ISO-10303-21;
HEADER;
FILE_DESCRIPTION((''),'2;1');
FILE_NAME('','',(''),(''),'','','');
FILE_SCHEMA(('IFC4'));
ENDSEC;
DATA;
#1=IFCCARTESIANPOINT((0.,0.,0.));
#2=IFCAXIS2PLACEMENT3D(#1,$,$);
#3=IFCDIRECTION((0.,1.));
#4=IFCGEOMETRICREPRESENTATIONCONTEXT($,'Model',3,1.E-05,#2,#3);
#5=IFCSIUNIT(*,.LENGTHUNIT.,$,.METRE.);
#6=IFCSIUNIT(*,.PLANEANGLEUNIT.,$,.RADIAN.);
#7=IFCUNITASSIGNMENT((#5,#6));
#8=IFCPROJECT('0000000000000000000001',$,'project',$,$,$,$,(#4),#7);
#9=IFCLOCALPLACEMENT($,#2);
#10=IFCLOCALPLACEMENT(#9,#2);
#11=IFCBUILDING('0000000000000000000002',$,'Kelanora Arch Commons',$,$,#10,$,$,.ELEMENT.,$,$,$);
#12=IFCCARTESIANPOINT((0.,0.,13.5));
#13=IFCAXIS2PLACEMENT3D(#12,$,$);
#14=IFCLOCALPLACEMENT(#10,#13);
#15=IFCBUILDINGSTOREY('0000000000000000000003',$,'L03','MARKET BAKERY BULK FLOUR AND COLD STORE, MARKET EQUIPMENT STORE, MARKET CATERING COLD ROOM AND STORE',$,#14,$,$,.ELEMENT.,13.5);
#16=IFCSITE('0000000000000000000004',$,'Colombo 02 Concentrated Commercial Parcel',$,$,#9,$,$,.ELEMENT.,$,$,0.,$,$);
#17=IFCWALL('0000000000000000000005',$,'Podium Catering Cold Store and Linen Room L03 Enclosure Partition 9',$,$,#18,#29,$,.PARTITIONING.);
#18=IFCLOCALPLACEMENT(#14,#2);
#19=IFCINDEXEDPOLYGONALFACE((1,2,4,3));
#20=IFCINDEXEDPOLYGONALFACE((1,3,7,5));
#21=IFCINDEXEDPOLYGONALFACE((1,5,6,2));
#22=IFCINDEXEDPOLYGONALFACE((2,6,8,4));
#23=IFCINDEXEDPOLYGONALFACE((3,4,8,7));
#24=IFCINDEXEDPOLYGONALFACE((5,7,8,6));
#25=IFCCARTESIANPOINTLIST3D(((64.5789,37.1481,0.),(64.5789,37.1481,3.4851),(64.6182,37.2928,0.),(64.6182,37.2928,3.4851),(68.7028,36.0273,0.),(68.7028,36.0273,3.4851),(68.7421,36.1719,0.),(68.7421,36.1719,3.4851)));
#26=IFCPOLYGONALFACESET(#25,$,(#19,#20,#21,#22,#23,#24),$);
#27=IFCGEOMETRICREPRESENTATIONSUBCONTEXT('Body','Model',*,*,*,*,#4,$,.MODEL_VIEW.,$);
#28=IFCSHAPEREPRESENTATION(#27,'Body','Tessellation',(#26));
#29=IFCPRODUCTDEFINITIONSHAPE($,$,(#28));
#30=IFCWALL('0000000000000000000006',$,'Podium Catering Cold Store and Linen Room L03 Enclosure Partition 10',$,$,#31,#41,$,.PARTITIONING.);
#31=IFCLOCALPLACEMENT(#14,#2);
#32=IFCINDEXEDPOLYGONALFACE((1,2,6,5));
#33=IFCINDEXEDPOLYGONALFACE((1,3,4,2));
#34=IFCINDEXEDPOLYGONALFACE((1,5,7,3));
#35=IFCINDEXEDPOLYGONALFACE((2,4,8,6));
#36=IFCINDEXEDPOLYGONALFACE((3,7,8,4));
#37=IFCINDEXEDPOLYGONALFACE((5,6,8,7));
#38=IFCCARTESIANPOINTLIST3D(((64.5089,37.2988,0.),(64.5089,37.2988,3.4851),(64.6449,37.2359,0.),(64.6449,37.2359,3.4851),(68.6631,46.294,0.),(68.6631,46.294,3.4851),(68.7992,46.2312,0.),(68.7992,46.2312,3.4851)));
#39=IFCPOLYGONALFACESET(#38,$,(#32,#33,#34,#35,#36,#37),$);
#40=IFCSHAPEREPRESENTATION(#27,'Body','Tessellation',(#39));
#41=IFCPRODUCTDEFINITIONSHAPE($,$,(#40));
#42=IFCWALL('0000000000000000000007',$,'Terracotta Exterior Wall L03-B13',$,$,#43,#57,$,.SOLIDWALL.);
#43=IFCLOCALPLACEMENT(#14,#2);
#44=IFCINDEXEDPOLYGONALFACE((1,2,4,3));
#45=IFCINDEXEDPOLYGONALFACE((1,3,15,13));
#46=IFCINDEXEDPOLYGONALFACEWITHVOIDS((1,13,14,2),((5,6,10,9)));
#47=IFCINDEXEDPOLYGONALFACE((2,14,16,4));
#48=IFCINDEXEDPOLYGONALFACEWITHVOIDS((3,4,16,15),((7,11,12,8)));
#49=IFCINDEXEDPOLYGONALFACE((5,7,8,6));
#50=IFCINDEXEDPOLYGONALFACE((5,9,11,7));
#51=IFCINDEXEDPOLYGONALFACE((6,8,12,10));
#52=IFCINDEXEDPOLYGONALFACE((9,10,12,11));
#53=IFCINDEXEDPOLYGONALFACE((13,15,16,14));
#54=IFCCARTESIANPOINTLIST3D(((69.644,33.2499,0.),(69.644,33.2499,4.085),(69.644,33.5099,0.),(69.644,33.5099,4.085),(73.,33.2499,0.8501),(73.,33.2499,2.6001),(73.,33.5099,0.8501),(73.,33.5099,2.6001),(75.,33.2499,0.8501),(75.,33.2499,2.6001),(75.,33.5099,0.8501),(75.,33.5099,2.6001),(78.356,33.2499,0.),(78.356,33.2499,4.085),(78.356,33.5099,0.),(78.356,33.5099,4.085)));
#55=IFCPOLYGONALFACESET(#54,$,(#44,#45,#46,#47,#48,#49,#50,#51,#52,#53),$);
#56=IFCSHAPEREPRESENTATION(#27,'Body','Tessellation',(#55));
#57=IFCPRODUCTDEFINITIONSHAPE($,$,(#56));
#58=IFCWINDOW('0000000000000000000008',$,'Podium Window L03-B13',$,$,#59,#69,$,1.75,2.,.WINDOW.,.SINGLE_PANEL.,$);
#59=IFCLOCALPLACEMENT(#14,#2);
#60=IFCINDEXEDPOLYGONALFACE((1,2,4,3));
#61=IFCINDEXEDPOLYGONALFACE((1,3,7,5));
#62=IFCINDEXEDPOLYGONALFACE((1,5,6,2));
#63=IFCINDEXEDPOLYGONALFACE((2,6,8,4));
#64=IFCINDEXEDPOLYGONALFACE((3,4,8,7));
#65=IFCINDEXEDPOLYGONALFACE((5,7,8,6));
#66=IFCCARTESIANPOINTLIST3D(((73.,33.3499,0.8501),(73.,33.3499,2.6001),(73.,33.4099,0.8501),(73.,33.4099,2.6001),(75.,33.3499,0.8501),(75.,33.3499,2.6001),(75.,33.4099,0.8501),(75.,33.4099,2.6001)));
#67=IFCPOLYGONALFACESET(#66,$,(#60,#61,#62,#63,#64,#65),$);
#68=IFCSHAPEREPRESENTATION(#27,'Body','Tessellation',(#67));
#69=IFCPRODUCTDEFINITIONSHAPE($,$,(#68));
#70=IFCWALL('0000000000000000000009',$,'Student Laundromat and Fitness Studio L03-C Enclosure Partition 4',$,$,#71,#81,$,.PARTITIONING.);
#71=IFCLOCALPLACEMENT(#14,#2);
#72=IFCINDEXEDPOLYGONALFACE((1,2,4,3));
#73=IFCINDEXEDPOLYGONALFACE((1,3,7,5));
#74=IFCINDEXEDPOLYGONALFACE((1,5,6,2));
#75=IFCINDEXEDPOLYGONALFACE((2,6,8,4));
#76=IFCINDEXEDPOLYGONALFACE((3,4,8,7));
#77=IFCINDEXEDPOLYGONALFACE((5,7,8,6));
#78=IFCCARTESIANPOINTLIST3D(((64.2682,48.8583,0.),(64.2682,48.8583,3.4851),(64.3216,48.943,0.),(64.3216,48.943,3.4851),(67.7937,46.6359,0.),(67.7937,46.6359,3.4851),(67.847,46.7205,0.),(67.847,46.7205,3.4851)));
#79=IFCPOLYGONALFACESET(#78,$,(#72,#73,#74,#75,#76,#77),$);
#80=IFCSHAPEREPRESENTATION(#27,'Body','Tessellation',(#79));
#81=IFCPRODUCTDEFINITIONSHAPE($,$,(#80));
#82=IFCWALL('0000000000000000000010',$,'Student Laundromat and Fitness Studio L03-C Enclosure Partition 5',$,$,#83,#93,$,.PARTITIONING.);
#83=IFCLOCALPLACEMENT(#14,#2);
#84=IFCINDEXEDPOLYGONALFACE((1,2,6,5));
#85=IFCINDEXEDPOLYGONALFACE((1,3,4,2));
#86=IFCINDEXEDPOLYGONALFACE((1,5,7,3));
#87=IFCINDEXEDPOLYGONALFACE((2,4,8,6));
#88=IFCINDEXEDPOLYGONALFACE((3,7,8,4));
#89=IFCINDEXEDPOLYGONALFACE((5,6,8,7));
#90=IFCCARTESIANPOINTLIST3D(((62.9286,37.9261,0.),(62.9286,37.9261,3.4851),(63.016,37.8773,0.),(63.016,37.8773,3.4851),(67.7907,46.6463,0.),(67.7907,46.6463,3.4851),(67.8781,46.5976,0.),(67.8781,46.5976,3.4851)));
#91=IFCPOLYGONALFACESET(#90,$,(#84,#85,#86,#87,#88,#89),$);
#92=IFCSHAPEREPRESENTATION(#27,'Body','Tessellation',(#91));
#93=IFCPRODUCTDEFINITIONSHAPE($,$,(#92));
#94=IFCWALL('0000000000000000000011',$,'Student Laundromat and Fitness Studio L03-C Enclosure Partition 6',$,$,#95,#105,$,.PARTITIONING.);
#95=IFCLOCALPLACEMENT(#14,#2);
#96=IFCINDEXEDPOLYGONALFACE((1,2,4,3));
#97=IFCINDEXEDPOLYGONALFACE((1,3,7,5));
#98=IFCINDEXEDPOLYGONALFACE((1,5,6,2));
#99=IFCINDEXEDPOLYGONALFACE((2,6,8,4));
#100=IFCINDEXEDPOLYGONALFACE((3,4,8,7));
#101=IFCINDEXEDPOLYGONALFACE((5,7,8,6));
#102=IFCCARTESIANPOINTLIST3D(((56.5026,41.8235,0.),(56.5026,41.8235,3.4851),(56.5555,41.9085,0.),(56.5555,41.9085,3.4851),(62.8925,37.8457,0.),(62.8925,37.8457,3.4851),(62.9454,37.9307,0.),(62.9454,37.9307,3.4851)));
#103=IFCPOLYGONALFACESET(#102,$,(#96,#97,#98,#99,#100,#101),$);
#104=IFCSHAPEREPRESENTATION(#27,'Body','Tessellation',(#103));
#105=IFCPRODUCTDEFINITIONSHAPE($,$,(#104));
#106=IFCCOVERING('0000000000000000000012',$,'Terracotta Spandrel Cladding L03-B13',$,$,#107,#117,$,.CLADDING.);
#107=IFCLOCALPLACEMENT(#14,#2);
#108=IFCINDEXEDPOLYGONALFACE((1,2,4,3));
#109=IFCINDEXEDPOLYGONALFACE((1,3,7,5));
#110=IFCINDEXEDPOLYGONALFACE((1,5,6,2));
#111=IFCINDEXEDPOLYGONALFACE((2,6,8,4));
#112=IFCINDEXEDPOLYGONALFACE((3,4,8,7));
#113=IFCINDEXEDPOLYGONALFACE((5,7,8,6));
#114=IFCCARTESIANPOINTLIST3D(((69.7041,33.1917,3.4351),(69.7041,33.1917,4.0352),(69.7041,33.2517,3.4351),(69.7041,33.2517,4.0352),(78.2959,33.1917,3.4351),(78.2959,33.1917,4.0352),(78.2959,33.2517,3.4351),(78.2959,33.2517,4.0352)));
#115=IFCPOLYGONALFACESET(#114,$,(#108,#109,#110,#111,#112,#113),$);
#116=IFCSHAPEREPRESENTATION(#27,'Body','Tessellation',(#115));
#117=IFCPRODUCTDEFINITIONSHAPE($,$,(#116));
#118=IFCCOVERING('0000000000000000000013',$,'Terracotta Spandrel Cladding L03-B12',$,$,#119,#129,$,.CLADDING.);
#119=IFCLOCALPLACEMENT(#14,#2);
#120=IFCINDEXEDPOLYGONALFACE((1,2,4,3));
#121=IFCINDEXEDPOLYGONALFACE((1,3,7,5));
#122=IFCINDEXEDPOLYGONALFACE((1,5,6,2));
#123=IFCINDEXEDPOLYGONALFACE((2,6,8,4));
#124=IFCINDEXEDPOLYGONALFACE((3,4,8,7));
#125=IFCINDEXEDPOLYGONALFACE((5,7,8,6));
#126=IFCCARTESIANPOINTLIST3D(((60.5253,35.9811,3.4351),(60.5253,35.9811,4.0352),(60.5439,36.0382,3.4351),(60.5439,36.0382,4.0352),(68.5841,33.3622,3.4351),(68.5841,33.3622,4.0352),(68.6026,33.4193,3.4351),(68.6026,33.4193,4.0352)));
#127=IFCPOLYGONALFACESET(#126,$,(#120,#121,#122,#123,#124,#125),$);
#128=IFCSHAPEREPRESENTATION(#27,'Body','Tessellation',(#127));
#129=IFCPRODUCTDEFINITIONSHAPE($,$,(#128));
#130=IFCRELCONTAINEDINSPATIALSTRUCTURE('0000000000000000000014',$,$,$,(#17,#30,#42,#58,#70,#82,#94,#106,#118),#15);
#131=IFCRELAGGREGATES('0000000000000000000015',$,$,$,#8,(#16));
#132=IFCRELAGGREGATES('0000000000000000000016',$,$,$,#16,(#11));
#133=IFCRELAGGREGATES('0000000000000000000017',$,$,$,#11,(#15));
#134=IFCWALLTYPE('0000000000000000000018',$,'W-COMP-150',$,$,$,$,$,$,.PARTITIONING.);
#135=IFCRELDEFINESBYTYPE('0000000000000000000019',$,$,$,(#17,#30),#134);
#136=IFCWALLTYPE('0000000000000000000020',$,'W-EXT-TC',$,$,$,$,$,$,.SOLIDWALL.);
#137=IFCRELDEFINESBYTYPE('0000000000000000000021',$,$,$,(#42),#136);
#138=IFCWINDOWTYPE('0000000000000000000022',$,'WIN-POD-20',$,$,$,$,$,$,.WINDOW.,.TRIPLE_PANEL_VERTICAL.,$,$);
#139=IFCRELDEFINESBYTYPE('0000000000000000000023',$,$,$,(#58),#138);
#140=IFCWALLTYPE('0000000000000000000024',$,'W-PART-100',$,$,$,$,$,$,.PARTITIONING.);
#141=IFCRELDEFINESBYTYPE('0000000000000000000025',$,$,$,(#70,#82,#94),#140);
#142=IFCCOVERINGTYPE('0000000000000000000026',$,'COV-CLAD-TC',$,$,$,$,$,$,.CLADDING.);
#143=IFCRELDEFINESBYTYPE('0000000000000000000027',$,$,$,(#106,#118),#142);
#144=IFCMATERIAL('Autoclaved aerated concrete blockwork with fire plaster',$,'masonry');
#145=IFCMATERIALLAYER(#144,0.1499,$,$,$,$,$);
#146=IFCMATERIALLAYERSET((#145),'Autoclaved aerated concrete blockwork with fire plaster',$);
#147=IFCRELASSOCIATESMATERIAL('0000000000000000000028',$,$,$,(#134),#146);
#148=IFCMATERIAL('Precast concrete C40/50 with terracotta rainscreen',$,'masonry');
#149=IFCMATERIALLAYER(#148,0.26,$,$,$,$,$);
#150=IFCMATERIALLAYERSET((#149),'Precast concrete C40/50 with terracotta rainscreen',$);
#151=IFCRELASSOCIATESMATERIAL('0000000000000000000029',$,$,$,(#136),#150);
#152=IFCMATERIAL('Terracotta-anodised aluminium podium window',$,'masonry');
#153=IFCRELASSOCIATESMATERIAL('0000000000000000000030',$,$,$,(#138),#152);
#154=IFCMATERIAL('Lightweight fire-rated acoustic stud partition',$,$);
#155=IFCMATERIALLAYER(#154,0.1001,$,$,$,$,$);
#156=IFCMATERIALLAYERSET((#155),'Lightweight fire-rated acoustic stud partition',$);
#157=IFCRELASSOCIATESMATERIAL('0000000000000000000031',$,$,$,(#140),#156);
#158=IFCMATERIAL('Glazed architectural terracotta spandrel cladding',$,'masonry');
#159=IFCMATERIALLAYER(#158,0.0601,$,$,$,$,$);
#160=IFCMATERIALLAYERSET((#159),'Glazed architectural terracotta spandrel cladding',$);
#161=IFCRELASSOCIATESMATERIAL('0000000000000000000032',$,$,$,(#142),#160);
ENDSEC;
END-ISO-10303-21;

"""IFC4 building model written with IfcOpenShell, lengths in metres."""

from ifc_helpers import new_model, si_unit, direction, frame, frame_2d, origin, origin_2d, place, context, subcontext, project, spatial, rectangle, extrude, source, transform, mapped, material, layer, layer_set, type_object, element, fill, save


model = new_model("IFC4")

# Units and contexts
model_context = context("Model", 3, precision=1e-05, world=origin(), true_north=direction((0.0, 1.0)))
body_context = subcontext(model_context, "Body", "Model", "MODEL_VIEW")
ifc_project = project(units=[si_unit("LENGTHUNIT", "METRE"), si_unit("PLANEANGLEUNIT", "RADIAN")], contexts=[model_context])

# Site, building, storey
site_placement = place(None, origin())
site = spatial("IfcSite", under=ifc_project, at=site_placement, Name="Colombo 02 Concentrated Commercial Parcel", CompositionType="ELEMENT", RefElevation=0.0)
building_placement = place(site_placement, origin())
building = spatial("IfcBuilding", under=site, at=building_placement, Name="Kelanora Arch Commons", CompositionType="ELEMENT")
storey_placement = place(building_placement, frame((0.0, 0.0, 13.5)))
storey = spatial("IfcBuildingStorey", under=building, at=storey_placement, Name="L03", Description="MARKET BAKERY BULK FLOUR AND COLD STORE, MARKET EQUIPMENT STORE, MARKET CATERING COLD ROOM AND STORE", CompositionType="ELEMENT", Elevation=13.5)

# Shared definitions
ifc_material_1 = material(Name="Autoclaved aerated concrete blockwork with fire plaster", Category="masonry")
ifc_layer_1 = layer(ifc_material_1, 0.1499)
ifc_layer_set_1 = layer_set([ifc_layer_1], Name="Autoclaved aerated concrete blockwork with fire plaster")
wall_type_1 = type_object("IfcWallType", Name="W-COMP-150", PredefinedType="PARTITIONING", material=ifc_layer_set_1)

# Walls
wall_1_placement = place(storey_placement, frame((68.7224, 36.0996, 0.0), z_axis=(0.0, 0.0, 1.0), x_axis=(-0.96499, 0.262286, 0.0)))
element("IfcWall", 1, at=wall_1_placement, inside=storey, type_object=wall_type_1, Name="Podium Catering Cold Store and Linen Room L03 Enclosure Partition 9", PredefinedType="PARTITIONING", context=body_context, shape_type="SweptSolid", body=[
    extrude(rectangle(XDim=4.2734, YDim=0.1499, at=frame_2d((2.1367, 0.0))), origin(), (0.0, 0.0, 1.0), 3.4851),
])
wall_2_placement = place(storey_placement, frame((64.5769, 37.2673, 0.0), z_axis=(0.0, 0.0, 1.0), x_axis=(0.419274, 0.90786, 0.0)))
element("IfcWall", 2, at=wall_2_placement, inside=storey, type_object=wall_type_1, Name="Podium Catering Cold Store and Linen Room L03 Enclosure Partition 10", PredefinedType="PARTITIONING", context=body_context, shape_type="SweptSolid", body=[
    extrude(rectangle(XDim=9.9082, YDim=0.1499, at=frame_2d((4.9541, 0.0))), origin(), (0.0, 0.0, 1.0), 3.4851),
])

# Wall, opening, window
ifc_material_2 = material(Name="Precast concrete C40/50 with terracotta rainscreen", Category="masonry")
ifc_layer_2 = layer(ifc_material_2, 0.26)
ifc_layer_set_2 = layer_set([ifc_layer_2], Name="Precast concrete C40/50 with terracotta rainscreen")
wall_type_2 = type_object("IfcWallType", Name="W-EXT-TC", PredefinedType="SOLIDWALL", material=ifc_layer_set_2)
wall_3_placement = place(storey_placement, frame((69.644, 33.3799, 0.0), z_axis=(0.0, 0.0, 1.0), x_axis=(1.0, 0.0, 0.0)))
wall_3 = element("IfcWall", 3, at=wall_3_placement, inside=storey, type_object=wall_type_2, Name="Terracotta Exterior Wall L03-B13", PredefinedType="SOLIDWALL", context=body_context, shape_type="SweptSolid", body=[
    extrude(rectangle(XDim=8.7119, YDim=0.26, at=frame_2d((4.356, 0.0))), origin(), (0.0, 0.0, 1.0), 4.085),
])
opening_1_placement = place(wall_3_placement, frame((3.356, 0.0, 0.8501)))
opening_1 = element("IfcOpeningElement", 4, at=opening_1_placement, cuts=wall_3, PredefinedType="OPENING", context=body_context, shape_type="SweptSolid", body=[
    extrude(rectangle(XDim=2.0, YDim=1.75, at=frame_2d((1.0, 0.875))), frame((0.0, 0.1401, 0.0), z_axis=(0.0, -1.0, 0.0), x_axis=(1.0, 0.0, 0.0)), (0.0, 0.0, 1.0), 0.28),
])
ifc_material_3 = material(Name="Terracotta-anodised aluminium podium window", Category="masonry")
window_type = type_object("IfcWindowType", Name="WIN-POD-20", PartitioningType="TRIPLE_PANEL_VERTICAL", PredefinedType="WINDOW", material=ifc_material_3)
window_placement = place(opening_1_placement, origin())
window = element("IfcWindow", 5, at=window_placement, inside=storey, type_object=window_type, Name="Podium Window L03-B13", OverallHeight=1.75, OverallWidth=2.0, PartitioningType="SINGLE_PANEL", PredefinedType="WINDOW", context=body_context, shape_type="SweptSolid", body=[
    extrude(rectangle(XDim=2.0, YDim=1.75, at=frame_2d((1.0, 0.875))), frame((0.0, 0.03, 0.0), z_axis=(0.0, -1.0, 0.0), x_axis=(1.0, 0.0, 0.0)), (0.0, 0.0, 1.0), 0.0601),
])
fill(opening_1, window)

# Walls
ifc_material_4 = material(Name="Lightweight fire-rated acoustic stud partition")
ifc_layer_3 = layer(ifc_material_4, 0.1001)
ifc_layer_set_3 = layer_set([ifc_layer_3], Name="Lightweight fire-rated acoustic stud partition")
wall_type_3 = type_object("IfcWallType", Name="W-PART-100", PredefinedType="PARTITIONING", material=ifc_layer_set_3)
wall_4_placement = place(storey_placement, frame((64.2949, 48.9006, 0.0), z_axis=(0.0, 0.0, 1.0), x_axis=(0.845938, -0.533281, 0.0)))
element("IfcWall", 6, at=wall_4_placement, inside=storey, type_object=wall_type_3, Name="Student Laundromat and Fitness Studio L03-C Enclosure Partition 4", PredefinedType="PARTITIONING", context=body_context, shape_type="SweptSolid", body=[
    extrude(rectangle(XDim=4.1675, YDim=0.1001, at=frame_2d((2.0837, 0.0))), origin(), (0.0, 0.0, 1.0), 3.4851),
])
wall_5_placement = place(storey_placement, frame((67.8345, 46.6221, 0.0), z_axis=(0.0, 0.0, 1.0), x_axis=(-0.486982, -0.873412, 0.0)))
element("IfcWall", 7, at=wall_5_placement, inside=storey, type_object=wall_type_3, Name="Student Laundromat and Fitness Studio L03-C Enclosure Partition 5", PredefinedType="PARTITIONING", context=body_context, shape_type="SweptSolid", body=[
    extrude(rectangle(XDim=9.9841, YDim=0.1001, at=frame_2d((4.9922, 0.0))), origin(), (0.0, 0.0, 1.0), 3.4851),
])
wall_6_placement = place(storey_placement, frame((62.9189, 37.8882, 0.0), z_axis=(0.0, 0.0, 1.0), x_axis=(-0.848946, 0.528479, 0.0)))
element("IfcWall", 8, at=wall_6_placement, inside=storey, type_object=wall_type_3, Name="Student Laundromat and Fitness Studio L03-C Enclosure Partition 6", PredefinedType="PARTITIONING", context=body_context, shape_type="SweptSolid", body=[
    extrude(rectangle(XDim=7.5269, YDim=0.1001, at=frame_2d((3.7634, 0.0))), origin(), (0.0, 0.0, 1.0), 3.4851),
])

# Coverings
ifc_material_5 = material(Name="Glazed architectural terracotta spandrel cladding", Category="masonry")
ifc_layer_4 = layer(ifc_material_5, 0.0601)
ifc_layer_set_4 = layer_set([ifc_layer_4], Name="Glazed architectural terracotta spandrel cladding")
covering_type = type_object("IfcCoveringType", Name="COV-CLAD-TC", PredefinedType="CLADDING", material=ifc_layer_set_4)
shared_shape_1 = source(origin(), body_context, "Body", "SweptSolid", [
    extrude(rectangle(XDim=8.5918, YDim=0.0601, at=origin_2d()), origin(), (0.0, 0.0, 1.0), 0.6001),
])
covering_1_placement = place(storey_placement, frame((74.0, 33.2217, 3.4351), z_axis=(0.0, 0.0, 1.0), x_axis=(1.0, 0.0, 0.0)))
element("IfcCovering", 9, at=covering_1_placement, inside=storey, type_object=covering_type, Name="Terracotta Spandrel Cladding L03-B13", PredefinedType="CLADDING", context=body_context, shape_type="MappedRepresentation", body=[
    mapped(shared_shape_1, transform((0.0, 0.0, 0.0), scale=1.0)),
])
shared_shape_2 = source(origin(), body_context, "Body", "SweptSolid", [
    extrude(rectangle(XDim=8.4736, YDim=0.0601, at=origin_2d()), origin(), (0.0, 0.0, 1.0), 0.6001),
])
covering_2_placement = place(storey_placement, frame((64.564, 34.7002, 3.4351), z_axis=(0.0, 0.0, 1.0), x_axis=(0.951041, -0.309066, 0.0)))
element("IfcCovering", 10, at=covering_2_placement, inside=storey, type_object=covering_type, Name="Terracotta Spandrel Cladding L03-B12", PredefinedType="CLADDING", context=body_context, shape_type="MappedRepresentation", body=[
    mapped(shared_shape_2, transform((0.0, 0.0, 0.0), scale=1.0)),
])

save(model, "model.ifc")
